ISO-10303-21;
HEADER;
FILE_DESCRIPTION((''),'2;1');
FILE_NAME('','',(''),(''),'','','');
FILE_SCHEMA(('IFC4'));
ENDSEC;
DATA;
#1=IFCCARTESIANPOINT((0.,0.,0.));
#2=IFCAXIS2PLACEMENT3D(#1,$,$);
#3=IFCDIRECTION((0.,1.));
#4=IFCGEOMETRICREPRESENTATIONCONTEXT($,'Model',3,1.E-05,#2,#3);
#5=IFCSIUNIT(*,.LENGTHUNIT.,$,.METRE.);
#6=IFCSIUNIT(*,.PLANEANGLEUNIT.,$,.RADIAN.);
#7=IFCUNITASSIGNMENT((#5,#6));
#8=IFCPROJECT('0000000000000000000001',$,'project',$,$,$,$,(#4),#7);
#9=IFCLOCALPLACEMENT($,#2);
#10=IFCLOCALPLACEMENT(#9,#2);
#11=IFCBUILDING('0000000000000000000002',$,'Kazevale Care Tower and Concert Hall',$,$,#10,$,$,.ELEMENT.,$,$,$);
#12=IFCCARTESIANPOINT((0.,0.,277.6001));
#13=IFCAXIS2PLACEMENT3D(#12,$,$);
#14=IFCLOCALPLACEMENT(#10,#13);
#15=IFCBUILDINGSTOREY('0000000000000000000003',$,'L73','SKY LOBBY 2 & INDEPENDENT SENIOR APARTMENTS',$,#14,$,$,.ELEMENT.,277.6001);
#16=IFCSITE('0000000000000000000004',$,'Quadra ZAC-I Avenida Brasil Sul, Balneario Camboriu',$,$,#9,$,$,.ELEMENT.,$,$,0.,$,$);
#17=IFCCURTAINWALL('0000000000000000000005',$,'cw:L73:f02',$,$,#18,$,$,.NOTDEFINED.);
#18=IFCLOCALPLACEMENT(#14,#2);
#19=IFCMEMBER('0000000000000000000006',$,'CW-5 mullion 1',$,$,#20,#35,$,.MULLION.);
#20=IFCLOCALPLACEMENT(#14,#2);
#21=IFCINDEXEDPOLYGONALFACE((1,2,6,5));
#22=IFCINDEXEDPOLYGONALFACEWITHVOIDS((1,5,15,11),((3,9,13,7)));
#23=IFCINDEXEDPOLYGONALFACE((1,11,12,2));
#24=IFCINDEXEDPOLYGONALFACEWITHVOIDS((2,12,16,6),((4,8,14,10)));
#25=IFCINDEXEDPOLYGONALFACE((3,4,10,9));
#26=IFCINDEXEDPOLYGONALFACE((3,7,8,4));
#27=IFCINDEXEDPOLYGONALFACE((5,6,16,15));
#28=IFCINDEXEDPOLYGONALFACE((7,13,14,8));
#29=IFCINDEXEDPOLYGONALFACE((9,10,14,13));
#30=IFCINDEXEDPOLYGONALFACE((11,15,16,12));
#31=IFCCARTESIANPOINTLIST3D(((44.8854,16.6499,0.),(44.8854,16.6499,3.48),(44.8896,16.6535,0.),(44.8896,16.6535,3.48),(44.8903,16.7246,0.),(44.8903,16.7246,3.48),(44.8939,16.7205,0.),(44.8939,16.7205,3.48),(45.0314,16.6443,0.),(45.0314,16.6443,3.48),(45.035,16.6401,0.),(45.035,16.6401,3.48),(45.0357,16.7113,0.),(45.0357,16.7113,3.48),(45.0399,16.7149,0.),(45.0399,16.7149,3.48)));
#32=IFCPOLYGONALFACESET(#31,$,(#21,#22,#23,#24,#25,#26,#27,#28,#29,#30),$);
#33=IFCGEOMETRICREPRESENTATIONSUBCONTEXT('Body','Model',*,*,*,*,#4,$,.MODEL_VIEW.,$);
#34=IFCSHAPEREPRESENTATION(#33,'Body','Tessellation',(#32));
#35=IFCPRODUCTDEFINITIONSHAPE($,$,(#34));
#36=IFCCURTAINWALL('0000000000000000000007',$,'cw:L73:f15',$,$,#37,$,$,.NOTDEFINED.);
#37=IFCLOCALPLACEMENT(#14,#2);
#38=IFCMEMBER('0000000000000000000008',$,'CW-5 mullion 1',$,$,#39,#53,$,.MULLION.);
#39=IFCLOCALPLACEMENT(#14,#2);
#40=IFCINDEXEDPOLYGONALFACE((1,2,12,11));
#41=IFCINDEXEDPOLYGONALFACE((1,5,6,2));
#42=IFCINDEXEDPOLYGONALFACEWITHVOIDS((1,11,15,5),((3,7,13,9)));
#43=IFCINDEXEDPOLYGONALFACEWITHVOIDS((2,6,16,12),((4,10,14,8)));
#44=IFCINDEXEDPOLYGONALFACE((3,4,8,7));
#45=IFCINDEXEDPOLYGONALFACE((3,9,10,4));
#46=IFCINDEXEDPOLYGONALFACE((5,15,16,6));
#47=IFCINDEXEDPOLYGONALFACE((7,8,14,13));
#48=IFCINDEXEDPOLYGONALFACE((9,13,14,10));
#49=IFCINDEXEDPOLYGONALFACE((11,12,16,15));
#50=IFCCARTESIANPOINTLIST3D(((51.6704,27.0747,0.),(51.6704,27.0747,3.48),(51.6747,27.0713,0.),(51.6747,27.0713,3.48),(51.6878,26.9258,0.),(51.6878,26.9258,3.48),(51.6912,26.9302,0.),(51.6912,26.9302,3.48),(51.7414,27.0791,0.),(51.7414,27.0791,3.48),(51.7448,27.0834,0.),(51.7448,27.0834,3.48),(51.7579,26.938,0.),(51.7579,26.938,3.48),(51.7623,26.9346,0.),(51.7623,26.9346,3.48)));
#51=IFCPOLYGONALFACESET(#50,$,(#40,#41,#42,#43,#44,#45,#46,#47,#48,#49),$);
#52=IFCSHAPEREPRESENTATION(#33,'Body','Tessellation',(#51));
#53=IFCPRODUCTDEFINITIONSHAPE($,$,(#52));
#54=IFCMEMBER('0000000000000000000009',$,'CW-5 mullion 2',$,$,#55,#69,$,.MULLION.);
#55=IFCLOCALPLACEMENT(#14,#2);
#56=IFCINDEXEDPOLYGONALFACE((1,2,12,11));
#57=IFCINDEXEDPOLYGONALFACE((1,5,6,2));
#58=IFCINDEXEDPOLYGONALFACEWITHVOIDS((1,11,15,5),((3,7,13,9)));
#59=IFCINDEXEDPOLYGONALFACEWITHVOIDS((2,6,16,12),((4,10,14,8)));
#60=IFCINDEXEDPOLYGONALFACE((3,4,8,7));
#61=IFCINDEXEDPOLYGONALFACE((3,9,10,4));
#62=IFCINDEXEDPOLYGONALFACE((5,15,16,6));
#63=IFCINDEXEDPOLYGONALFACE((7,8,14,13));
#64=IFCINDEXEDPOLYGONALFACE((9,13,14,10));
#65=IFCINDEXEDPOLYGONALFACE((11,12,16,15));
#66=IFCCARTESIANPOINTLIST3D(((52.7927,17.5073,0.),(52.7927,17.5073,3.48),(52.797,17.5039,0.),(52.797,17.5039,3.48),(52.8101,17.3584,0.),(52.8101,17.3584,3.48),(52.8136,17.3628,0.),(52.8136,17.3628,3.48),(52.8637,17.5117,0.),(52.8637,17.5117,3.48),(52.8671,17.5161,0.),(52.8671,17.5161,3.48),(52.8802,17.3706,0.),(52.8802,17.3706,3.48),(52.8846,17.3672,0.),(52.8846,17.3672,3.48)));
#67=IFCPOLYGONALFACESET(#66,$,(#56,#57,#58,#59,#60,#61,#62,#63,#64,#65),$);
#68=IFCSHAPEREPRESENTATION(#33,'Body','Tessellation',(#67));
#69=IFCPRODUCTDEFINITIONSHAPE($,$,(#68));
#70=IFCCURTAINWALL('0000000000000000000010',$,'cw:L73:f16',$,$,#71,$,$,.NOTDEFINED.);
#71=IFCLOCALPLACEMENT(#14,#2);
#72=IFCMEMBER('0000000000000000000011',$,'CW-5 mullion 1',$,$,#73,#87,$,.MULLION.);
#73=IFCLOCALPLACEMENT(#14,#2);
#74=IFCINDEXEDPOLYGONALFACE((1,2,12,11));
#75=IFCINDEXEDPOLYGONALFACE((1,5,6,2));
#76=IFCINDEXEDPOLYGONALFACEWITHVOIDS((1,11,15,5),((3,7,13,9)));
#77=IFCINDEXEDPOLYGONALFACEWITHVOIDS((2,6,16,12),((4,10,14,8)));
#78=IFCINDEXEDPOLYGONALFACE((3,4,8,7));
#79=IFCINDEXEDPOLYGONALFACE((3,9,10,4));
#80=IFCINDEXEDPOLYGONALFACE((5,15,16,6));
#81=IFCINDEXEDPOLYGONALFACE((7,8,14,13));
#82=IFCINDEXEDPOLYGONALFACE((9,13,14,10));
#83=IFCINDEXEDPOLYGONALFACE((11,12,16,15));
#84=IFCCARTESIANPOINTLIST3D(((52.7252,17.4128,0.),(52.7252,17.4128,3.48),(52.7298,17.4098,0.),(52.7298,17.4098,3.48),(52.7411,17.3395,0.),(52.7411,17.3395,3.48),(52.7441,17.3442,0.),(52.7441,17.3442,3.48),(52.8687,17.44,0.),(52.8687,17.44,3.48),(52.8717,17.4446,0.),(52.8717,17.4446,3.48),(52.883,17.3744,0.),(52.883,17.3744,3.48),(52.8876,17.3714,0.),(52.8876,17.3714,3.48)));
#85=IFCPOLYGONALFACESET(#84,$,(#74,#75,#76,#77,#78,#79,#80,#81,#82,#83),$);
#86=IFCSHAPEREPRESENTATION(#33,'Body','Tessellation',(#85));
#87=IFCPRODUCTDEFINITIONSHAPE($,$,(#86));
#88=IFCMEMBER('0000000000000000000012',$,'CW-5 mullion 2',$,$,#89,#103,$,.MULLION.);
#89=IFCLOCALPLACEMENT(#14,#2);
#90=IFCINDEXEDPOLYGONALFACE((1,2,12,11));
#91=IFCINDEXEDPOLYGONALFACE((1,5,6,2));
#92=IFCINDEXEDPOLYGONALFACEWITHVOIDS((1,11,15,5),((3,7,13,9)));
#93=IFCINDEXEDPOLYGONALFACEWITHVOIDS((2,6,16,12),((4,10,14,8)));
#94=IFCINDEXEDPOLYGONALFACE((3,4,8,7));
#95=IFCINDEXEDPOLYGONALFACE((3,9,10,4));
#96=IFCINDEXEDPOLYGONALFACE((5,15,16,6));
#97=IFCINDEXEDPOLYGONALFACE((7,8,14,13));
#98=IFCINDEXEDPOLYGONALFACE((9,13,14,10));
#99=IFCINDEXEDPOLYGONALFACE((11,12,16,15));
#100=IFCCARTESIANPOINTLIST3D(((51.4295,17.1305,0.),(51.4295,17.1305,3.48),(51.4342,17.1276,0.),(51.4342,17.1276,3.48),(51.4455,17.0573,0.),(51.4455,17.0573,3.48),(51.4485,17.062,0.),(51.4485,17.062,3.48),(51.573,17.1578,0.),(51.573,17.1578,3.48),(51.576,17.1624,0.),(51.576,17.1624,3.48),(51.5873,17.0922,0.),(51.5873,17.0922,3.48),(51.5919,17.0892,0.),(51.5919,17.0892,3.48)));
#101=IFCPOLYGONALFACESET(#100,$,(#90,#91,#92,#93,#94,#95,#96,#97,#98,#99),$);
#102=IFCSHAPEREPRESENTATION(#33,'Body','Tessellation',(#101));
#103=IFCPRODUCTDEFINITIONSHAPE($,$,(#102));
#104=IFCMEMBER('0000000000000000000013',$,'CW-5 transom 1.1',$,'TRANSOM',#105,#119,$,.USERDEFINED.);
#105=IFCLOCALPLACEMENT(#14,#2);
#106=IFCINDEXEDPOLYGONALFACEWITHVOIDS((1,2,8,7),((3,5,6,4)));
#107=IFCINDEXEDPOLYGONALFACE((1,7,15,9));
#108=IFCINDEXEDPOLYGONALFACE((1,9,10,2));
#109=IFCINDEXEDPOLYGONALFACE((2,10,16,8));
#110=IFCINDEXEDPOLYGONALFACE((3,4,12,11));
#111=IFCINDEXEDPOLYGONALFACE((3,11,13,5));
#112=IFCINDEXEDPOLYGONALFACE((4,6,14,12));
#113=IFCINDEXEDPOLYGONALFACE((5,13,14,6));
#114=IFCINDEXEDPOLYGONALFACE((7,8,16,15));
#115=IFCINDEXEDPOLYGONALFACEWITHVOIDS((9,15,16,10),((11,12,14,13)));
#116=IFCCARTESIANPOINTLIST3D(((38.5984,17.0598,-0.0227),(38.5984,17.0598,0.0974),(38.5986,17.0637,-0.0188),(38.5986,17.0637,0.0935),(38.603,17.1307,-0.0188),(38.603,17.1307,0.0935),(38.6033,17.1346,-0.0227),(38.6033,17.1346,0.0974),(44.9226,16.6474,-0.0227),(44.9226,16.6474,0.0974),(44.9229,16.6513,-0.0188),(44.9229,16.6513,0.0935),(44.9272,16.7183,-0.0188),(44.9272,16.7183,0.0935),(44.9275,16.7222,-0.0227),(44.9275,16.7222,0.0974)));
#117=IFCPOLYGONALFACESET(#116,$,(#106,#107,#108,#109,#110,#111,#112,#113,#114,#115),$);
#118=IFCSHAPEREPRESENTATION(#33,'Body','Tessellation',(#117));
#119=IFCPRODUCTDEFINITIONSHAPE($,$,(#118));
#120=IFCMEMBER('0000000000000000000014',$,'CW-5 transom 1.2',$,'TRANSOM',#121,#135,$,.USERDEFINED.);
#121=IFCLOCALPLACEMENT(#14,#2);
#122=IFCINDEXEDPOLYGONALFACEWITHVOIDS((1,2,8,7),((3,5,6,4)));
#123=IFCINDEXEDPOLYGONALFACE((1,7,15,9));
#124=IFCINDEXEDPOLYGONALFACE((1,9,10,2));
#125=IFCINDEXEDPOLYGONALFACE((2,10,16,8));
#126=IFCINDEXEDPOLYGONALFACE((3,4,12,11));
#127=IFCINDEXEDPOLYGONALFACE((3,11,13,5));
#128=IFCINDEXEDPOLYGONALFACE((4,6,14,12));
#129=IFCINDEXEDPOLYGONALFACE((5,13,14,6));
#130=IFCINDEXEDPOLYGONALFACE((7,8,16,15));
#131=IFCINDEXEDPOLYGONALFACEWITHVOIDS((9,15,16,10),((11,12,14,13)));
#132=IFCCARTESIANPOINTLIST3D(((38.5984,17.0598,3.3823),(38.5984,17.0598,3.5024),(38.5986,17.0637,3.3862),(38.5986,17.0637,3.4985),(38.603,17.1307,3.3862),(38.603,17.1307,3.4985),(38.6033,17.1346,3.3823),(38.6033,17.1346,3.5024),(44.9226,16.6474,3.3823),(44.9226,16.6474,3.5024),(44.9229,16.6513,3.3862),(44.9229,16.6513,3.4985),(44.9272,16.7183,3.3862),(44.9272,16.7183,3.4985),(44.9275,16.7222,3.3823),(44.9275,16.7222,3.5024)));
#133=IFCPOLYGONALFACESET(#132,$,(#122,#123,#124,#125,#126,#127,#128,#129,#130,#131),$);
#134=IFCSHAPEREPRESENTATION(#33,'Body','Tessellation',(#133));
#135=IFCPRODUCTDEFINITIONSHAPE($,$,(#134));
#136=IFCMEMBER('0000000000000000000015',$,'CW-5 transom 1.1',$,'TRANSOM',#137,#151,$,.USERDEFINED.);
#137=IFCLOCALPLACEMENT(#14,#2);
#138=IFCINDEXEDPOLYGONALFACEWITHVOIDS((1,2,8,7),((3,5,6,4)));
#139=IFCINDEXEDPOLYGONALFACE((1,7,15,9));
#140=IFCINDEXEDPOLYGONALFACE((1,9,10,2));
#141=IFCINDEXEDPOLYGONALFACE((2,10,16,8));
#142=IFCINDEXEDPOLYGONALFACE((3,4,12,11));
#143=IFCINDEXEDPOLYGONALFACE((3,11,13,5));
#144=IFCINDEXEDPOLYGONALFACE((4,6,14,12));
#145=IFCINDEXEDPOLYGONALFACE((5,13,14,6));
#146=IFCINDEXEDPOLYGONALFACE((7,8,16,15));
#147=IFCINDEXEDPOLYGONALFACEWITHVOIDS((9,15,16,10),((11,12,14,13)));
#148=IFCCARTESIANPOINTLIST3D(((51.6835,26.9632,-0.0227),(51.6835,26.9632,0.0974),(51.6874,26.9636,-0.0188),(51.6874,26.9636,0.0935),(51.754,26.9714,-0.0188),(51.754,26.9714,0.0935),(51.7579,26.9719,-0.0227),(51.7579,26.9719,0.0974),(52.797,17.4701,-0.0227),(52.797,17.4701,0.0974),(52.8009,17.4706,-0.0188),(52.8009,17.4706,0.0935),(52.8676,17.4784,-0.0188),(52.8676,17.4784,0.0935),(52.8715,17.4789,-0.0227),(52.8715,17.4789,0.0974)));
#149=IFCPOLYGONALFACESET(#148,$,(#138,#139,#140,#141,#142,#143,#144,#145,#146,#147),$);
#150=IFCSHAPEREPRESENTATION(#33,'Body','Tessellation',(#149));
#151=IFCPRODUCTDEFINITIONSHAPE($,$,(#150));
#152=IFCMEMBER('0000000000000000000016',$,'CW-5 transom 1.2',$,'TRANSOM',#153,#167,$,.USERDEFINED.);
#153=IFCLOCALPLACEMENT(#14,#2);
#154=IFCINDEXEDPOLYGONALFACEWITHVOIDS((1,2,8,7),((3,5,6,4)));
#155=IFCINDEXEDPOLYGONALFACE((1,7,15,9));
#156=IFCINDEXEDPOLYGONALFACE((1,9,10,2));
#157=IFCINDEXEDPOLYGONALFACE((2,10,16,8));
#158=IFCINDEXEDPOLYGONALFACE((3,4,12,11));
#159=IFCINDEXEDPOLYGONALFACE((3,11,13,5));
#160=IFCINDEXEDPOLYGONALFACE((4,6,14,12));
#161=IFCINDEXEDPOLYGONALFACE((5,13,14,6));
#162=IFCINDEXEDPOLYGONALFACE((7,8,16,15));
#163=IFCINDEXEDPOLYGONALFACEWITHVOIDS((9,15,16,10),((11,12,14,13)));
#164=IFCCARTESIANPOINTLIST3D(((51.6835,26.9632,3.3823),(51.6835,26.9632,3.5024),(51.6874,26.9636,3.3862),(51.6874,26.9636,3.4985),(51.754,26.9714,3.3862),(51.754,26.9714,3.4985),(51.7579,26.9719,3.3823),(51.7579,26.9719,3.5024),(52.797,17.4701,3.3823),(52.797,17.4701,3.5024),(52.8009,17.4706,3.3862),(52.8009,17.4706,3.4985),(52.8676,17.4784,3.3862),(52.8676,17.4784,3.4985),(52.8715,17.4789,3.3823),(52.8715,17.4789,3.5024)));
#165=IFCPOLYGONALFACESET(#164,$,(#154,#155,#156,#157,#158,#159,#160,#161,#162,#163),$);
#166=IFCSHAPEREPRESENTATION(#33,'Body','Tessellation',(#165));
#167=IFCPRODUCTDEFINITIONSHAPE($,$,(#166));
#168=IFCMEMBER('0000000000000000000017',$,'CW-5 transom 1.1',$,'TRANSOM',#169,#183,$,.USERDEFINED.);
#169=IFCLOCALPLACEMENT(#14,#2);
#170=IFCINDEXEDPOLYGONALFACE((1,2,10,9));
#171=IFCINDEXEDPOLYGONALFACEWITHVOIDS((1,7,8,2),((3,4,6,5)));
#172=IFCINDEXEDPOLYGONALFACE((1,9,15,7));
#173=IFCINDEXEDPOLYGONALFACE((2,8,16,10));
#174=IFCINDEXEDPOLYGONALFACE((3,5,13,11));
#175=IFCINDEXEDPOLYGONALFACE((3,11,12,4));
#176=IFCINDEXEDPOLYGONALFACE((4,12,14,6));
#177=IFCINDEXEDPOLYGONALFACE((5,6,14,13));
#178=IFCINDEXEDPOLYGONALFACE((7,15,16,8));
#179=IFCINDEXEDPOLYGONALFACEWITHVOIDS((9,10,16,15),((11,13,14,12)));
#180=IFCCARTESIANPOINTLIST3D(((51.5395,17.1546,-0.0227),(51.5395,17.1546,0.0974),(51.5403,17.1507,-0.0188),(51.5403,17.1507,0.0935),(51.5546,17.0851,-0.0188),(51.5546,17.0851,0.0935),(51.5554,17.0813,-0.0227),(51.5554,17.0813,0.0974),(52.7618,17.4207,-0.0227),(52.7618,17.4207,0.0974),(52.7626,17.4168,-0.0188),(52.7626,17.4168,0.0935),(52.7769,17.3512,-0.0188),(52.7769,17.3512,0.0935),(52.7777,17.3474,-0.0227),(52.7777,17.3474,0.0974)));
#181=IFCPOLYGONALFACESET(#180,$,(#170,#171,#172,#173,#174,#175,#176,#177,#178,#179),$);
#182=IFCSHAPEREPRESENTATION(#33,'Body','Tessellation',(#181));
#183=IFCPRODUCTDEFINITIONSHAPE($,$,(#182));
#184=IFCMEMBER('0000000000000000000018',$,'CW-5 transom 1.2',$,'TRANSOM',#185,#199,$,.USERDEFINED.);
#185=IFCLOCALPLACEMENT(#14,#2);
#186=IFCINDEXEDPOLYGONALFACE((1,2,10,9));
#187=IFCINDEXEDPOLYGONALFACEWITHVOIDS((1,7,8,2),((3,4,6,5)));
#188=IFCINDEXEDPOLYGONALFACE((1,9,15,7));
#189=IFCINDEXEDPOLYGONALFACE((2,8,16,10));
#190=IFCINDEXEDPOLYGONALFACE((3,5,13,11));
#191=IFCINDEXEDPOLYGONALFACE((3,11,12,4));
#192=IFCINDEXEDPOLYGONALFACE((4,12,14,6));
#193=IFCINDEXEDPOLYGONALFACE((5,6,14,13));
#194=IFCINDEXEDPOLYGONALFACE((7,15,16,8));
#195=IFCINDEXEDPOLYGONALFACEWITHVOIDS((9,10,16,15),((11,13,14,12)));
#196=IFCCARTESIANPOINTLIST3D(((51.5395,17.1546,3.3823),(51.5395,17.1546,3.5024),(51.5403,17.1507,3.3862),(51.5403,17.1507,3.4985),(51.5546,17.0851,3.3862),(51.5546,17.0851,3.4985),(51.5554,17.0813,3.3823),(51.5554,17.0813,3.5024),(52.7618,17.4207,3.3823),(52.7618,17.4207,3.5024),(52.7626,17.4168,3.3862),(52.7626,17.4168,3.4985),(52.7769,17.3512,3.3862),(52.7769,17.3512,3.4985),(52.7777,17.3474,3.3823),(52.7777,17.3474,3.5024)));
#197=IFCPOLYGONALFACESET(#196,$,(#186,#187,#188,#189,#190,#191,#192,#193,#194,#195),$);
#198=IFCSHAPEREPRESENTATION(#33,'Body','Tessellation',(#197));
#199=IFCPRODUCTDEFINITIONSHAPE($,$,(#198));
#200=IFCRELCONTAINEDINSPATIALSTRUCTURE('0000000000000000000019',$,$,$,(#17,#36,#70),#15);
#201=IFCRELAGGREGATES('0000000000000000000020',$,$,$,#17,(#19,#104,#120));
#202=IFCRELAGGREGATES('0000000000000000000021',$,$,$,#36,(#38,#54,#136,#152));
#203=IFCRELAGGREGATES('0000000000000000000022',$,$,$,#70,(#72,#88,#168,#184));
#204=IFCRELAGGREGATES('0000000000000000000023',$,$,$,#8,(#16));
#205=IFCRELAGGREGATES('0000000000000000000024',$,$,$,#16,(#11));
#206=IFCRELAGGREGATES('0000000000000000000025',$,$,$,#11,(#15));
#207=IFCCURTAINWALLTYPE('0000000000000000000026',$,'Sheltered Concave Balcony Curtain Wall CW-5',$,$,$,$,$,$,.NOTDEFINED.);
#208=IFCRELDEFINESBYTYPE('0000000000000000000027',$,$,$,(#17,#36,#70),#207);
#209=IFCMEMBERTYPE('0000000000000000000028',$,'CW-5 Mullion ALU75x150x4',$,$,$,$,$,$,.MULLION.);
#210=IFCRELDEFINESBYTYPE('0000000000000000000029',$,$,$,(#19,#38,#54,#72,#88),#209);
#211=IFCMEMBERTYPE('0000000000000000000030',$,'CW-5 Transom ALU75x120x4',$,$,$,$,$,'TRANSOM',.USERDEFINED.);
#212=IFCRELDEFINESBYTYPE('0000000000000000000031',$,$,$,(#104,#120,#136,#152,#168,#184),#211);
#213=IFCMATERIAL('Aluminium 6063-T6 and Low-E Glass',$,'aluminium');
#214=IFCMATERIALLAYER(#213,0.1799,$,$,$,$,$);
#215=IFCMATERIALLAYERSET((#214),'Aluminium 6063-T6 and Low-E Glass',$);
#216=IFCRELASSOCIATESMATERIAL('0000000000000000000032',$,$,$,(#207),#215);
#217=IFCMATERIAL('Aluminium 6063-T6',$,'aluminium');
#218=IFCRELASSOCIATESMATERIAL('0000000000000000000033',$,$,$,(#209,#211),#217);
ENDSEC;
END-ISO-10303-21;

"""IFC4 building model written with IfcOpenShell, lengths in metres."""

from ifc_helpers import new_model, si_unit, direction, frame, origin, origin_2d, place, context, subcontext, project, spatial, hollow_rectangle, extrude, material, layer, layer_set, material_profile, profile_set, type_object, element, aggregate, save


model = new_model("IFC4")

# Units and contexts
model_context = context("Model", 3, precision=1e-05, world=origin(), true_north=direction((0.0, 1.0)))
body_context = subcontext(model_context, "Body", "Model", "MODEL_VIEW")
ifc_project = project(units=[si_unit("LENGTHUNIT", "METRE"), si_unit("PLANEANGLEUNIT", "RADIAN")], contexts=[model_context])

# Site, building, storey
site_placement = place(None, origin())
site = spatial("IfcSite", under=ifc_project, at=site_placement, Name="Quadra ZAC-I Avenida Brasil Sul, Balneario Camboriu", CompositionType="ELEMENT", RefElevation=0.0)
building_placement = place(site_placement, origin())
building = spatial("IfcBuilding", under=site, at=building_placement, Name="Kazevale Care Tower and Concert Hall", CompositionType="ELEMENT")
storey_placement = place(building_placement, frame((0.0, 0.0, 277.6001)))
storey = spatial("IfcBuildingStorey", under=building, at=storey_placement, Name="L73", Description="SKY LOBBY 2 & INDEPENDENT SENIOR APARTMENTS", CompositionType="ELEMENT", Elevation=277.6001)

# Curtain wall, member
ifc_material_1 = material(Name="Aluminium 6063-T6 and Low-E Glass", Category="aluminium")
ifc_material_2 = material(Name="Aluminium 6063-T6", Category="aluminium")
ifc_layer_1 = layer(ifc_material_1, 0.1799)
ifc_layer_set_1 = layer_set([ifc_layer_1], Name="Aluminium 6063-T6 and Low-E Glass")
curtain_wall_type_1 = type_object("IfcCurtainWallType", Name="Sheltered Concave Balcony Curtain Wall CW-5", PredefinedType="NOTDEFINED", material=ifc_layer_set_1)
curtain_wall_1_placement = place(storey_placement, origin())
curtain_wall_1 = element("IfcCurtainWall", 1, at=curtain_wall_1_placement, inside=storey, type_object=curtain_wall_type_1, Name="cw:L73:f02", PredefinedType="NOTDEFINED")
ifc_material_profile_1 = material_profile(ifc_material_2, hollow_rectangle(XDim=0.075, YDim=0.1499, WallThickness=0.0039, at=origin_2d()), Name="ALU75x150x4")
ifc_profile_set_1 = profile_set([ifc_material_profile_1], Name="Aluminium 6063-T6")
member_type_1 = type_object("IfcMemberType", Name="CW-5 Mullion ALU75x150x4", PredefinedType="MULLION", material=ifc_profile_set_1)
member_1_placement = place(storey_placement, frame((44.9626, 16.6824, 0.0), z_axis=(0.0, 0.0, 1.0), x_axis=(-0.065046, -0.997882, 0.0)))
member_1 = element("IfcMember", 2, at=member_1_placement, type_object=member_type_1, Name="CW-5 mullion 1", PredefinedType="MULLION", context=body_context, shape_type="SweptSolid", body=[
    extrude(hollow_rectangle(XDim=0.075, YDim=0.1499, WallThickness=0.0039, at=origin_2d()), origin(), (0.0, 0.0, 1.0), 3.48),
])

# Curtain walls, members
curtain_wall_2_placement = place(storey_placement, origin())
curtain_wall_2 = element("IfcCurtainWall", 3, at=curtain_wall_2_placement, inside=storey, type_object=curtain_wall_type_1, Name="cw:L73:f15", PredefinedType="NOTDEFINED")
member_2_placement = place(storey_placement, frame((51.7163, 27.0046, 0.0), z_axis=(0.0, 0.0, 1.0), x_axis=(0.993191, 0.116501, 0.0)))
member_2 = element("IfcMember", 4, at=member_2_placement, type_object=member_type_1, Name="CW-5 mullion 1", PredefinedType="MULLION", context=body_context, shape_type="SweptSolid", body=[
    extrude(hollow_rectangle(XDim=0.075, YDim=0.1499, WallThickness=0.0039, at=origin_2d()), origin(), (0.0, 0.0, 1.0), 3.48),
])
member_3_placement = place(storey_placement, frame((52.8386, 17.4373, 0.0), z_axis=(0.0, 0.0, 1.0), x_axis=(0.993191, 0.116501, 0.0)))
member_3 = element("IfcMember", 5, at=member_3_placement, type_object=member_type_1, Name="CW-5 mullion 2", PredefinedType="MULLION", context=body_context, shape_type="SweptSolid", body=[
    extrude(hollow_rectangle(XDim=0.075, YDim=0.1499, WallThickness=0.0039, at=origin_2d()), origin(), (0.0, 0.0, 1.0), 3.48),
])
curtain_wall_3_placement = place(storey_placement, origin())
curtain_wall_3 = element("IfcCurtainWall", 6, at=curtain_wall_3_placement, inside=storey, type_object=curtain_wall_type_1, Name="cw:L73:f16", PredefinedType="NOTDEFINED")
member_4_placement = place(storey_placement, frame((52.8064, 17.3921, 0.0), z_axis=(0.0, 0.0, 1.0), x_axis=(0.212696, -0.977118, 0.0)))
member_4 = element("IfcMember", 7, at=member_4_placement, type_object=member_type_1, Name="CW-5 mullion 1", PredefinedType="MULLION", context=body_context, shape_type="SweptSolid", body=[
    extrude(hollow_rectangle(XDim=0.075, YDim=0.1499, WallThickness=0.0039, at=origin_2d()), origin(), (0.0, 0.0, 1.0), 3.48),
])
member_5_placement = place(storey_placement, frame((51.5107, 17.1099, 0.0), z_axis=(0.0, 0.0, 1.0), x_axis=(0.212696, -0.977118, 0.0)))
member_5 = element("IfcMember", 8, at=member_5_placement, type_object=member_type_1, Name="CW-5 mullion 2", PredefinedType="MULLION", context=body_context, shape_type="SweptSolid", body=[
    extrude(hollow_rectangle(XDim=0.075, YDim=0.1499, WallThickness=0.0039, at=origin_2d()), origin(), (0.0, 0.0, 1.0), 3.48),
])

# Members
ifc_material_profile_2 = material_profile(ifc_material_2, hollow_rectangle(XDim=0.075, YDim=0.1201, WallThickness=0.0039, at=origin_2d()), Name="ALU75x120x4")
ifc_profile_set_2 = profile_set([ifc_material_profile_2], Name="Aluminium 6063-T6")
member_type_2 = type_object("IfcMemberType", Name="CW-5 Transom ALU75x120x4", ElementType="TRANSOM", PredefinedType="USERDEFINED", material=ifc_profile_set_2)
member_6_placement = place(storey_placement, frame((44.925, 16.6848, 0.0374), z_axis=(-0.997881, 0.065064, 0.0), x_axis=(-0.065064, -0.997881, 0.0)))
member_6 = element("IfcMember", 9, at=member_6_placement, type_object=member_type_2, Name="CW-5 transom 1.1", ObjectType="TRANSOM", PredefinedType="USERDEFINED", context=body_context, shape_type="SweptSolid", body=[
    extrude(hollow_rectangle(XDim=0.075, YDim=0.1201, WallThickness=0.0039, at=origin_2d()), origin(), (0.0, 0.0, 1.0), 6.3376),
])
member_7_placement = place(storey_placement, frame((44.925, 16.6848, 3.4424), z_axis=(-0.997881, 0.065064, 0.0), x_axis=(-0.065064, -0.997881, 0.0)))
member_7 = element("IfcMember", 10, at=member_7_placement, type_object=member_type_2, Name="CW-5 transom 1.2", ObjectType="TRANSOM", PredefinedType="USERDEFINED", context=body_context, shape_type="SweptSolid", body=[
    extrude(hollow_rectangle(XDim=0.075, YDim=0.1201, WallThickness=0.0039, at=origin_2d()), origin(), (0.0, 0.0, 1.0), 6.3376),
])
aggregate(curtain_wall_1, [member_1, member_6, member_7])
member_8_placement = place(storey_placement, frame((51.7207, 26.9675, 0.0374), z_axis=(0.116502, -0.99319, 0.0), x_axis=(0.99319, 0.116502, 0.0)))
member_8 = element("IfcMember", 11, at=member_8_placement, type_object=member_type_2, Name="CW-5 transom 1.1", ObjectType="TRANSOM", PredefinedType="USERDEFINED", context=body_context, shape_type="SweptSolid", body=[
    extrude(hollow_rectangle(XDim=0.075, YDim=0.1201, WallThickness=0.0039, at=origin_2d()), origin(), (0.0, 0.0, 1.0), 9.5581),
])
member_9_placement = place(storey_placement, frame((51.7207, 26.9675, 3.4424), z_axis=(0.116502, -0.99319, 0.0), x_axis=(0.99319, 0.116502, 0.0)))
member_9 = element("IfcMember", 12, at=member_9_placement, type_object=member_type_2, Name="CW-5 transom 1.2", ObjectType="TRANSOM", PredefinedType="USERDEFINED", context=body_context, shape_type="SweptSolid", body=[
    extrude(hollow_rectangle(XDim=0.075, YDim=0.1201, WallThickness=0.0039, at=origin_2d()), origin(), (0.0, 0.0, 1.0), 9.5581),
])
member_10_placement = place(storey_placement, frame((52.7698, 17.384, 0.0374), z_axis=(-0.977115, -0.212713, 0.0), x_axis=(0.212713, -0.977115, 0.0)))
member_10 = element("IfcMember", 13, at=member_10_placement, type_object=member_type_2, Name="CW-5 transom 1.1", ObjectType="TRANSOM", PredefinedType="USERDEFINED", context=body_context, shape_type="SweptSolid", body=[
    extrude(hollow_rectangle(XDim=0.075, YDim=0.1201, WallThickness=0.0039, at=origin_2d()), origin(), (0.0, 0.0, 1.0), 1.251),
])
member_11_placement = place(storey_placement, frame((52.7698, 17.384, 3.4424), z_axis=(-0.977115, -0.212713, 0.0), x_axis=(0.212713, -0.977115, 0.0)))
member_11 = element("IfcMember", 14, at=member_11_placement, type_object=member_type_2, Name="CW-5 transom 1.2", ObjectType="TRANSOM", PredefinedType="USERDEFINED", context=body_context, shape_type="SweptSolid", body=[
    extrude(hollow_rectangle(XDim=0.075, YDim=0.1201, WallThickness=0.0039, at=origin_2d()), origin(), (0.0, 0.0, 1.0), 1.251),
])

aggregate(curtain_wall_2, [member_2, member_3, member_8, member_9])
aggregate(curtain_wall_3, [member_4, member_5, member_10, member_11])

save(model, "model.ifc")
